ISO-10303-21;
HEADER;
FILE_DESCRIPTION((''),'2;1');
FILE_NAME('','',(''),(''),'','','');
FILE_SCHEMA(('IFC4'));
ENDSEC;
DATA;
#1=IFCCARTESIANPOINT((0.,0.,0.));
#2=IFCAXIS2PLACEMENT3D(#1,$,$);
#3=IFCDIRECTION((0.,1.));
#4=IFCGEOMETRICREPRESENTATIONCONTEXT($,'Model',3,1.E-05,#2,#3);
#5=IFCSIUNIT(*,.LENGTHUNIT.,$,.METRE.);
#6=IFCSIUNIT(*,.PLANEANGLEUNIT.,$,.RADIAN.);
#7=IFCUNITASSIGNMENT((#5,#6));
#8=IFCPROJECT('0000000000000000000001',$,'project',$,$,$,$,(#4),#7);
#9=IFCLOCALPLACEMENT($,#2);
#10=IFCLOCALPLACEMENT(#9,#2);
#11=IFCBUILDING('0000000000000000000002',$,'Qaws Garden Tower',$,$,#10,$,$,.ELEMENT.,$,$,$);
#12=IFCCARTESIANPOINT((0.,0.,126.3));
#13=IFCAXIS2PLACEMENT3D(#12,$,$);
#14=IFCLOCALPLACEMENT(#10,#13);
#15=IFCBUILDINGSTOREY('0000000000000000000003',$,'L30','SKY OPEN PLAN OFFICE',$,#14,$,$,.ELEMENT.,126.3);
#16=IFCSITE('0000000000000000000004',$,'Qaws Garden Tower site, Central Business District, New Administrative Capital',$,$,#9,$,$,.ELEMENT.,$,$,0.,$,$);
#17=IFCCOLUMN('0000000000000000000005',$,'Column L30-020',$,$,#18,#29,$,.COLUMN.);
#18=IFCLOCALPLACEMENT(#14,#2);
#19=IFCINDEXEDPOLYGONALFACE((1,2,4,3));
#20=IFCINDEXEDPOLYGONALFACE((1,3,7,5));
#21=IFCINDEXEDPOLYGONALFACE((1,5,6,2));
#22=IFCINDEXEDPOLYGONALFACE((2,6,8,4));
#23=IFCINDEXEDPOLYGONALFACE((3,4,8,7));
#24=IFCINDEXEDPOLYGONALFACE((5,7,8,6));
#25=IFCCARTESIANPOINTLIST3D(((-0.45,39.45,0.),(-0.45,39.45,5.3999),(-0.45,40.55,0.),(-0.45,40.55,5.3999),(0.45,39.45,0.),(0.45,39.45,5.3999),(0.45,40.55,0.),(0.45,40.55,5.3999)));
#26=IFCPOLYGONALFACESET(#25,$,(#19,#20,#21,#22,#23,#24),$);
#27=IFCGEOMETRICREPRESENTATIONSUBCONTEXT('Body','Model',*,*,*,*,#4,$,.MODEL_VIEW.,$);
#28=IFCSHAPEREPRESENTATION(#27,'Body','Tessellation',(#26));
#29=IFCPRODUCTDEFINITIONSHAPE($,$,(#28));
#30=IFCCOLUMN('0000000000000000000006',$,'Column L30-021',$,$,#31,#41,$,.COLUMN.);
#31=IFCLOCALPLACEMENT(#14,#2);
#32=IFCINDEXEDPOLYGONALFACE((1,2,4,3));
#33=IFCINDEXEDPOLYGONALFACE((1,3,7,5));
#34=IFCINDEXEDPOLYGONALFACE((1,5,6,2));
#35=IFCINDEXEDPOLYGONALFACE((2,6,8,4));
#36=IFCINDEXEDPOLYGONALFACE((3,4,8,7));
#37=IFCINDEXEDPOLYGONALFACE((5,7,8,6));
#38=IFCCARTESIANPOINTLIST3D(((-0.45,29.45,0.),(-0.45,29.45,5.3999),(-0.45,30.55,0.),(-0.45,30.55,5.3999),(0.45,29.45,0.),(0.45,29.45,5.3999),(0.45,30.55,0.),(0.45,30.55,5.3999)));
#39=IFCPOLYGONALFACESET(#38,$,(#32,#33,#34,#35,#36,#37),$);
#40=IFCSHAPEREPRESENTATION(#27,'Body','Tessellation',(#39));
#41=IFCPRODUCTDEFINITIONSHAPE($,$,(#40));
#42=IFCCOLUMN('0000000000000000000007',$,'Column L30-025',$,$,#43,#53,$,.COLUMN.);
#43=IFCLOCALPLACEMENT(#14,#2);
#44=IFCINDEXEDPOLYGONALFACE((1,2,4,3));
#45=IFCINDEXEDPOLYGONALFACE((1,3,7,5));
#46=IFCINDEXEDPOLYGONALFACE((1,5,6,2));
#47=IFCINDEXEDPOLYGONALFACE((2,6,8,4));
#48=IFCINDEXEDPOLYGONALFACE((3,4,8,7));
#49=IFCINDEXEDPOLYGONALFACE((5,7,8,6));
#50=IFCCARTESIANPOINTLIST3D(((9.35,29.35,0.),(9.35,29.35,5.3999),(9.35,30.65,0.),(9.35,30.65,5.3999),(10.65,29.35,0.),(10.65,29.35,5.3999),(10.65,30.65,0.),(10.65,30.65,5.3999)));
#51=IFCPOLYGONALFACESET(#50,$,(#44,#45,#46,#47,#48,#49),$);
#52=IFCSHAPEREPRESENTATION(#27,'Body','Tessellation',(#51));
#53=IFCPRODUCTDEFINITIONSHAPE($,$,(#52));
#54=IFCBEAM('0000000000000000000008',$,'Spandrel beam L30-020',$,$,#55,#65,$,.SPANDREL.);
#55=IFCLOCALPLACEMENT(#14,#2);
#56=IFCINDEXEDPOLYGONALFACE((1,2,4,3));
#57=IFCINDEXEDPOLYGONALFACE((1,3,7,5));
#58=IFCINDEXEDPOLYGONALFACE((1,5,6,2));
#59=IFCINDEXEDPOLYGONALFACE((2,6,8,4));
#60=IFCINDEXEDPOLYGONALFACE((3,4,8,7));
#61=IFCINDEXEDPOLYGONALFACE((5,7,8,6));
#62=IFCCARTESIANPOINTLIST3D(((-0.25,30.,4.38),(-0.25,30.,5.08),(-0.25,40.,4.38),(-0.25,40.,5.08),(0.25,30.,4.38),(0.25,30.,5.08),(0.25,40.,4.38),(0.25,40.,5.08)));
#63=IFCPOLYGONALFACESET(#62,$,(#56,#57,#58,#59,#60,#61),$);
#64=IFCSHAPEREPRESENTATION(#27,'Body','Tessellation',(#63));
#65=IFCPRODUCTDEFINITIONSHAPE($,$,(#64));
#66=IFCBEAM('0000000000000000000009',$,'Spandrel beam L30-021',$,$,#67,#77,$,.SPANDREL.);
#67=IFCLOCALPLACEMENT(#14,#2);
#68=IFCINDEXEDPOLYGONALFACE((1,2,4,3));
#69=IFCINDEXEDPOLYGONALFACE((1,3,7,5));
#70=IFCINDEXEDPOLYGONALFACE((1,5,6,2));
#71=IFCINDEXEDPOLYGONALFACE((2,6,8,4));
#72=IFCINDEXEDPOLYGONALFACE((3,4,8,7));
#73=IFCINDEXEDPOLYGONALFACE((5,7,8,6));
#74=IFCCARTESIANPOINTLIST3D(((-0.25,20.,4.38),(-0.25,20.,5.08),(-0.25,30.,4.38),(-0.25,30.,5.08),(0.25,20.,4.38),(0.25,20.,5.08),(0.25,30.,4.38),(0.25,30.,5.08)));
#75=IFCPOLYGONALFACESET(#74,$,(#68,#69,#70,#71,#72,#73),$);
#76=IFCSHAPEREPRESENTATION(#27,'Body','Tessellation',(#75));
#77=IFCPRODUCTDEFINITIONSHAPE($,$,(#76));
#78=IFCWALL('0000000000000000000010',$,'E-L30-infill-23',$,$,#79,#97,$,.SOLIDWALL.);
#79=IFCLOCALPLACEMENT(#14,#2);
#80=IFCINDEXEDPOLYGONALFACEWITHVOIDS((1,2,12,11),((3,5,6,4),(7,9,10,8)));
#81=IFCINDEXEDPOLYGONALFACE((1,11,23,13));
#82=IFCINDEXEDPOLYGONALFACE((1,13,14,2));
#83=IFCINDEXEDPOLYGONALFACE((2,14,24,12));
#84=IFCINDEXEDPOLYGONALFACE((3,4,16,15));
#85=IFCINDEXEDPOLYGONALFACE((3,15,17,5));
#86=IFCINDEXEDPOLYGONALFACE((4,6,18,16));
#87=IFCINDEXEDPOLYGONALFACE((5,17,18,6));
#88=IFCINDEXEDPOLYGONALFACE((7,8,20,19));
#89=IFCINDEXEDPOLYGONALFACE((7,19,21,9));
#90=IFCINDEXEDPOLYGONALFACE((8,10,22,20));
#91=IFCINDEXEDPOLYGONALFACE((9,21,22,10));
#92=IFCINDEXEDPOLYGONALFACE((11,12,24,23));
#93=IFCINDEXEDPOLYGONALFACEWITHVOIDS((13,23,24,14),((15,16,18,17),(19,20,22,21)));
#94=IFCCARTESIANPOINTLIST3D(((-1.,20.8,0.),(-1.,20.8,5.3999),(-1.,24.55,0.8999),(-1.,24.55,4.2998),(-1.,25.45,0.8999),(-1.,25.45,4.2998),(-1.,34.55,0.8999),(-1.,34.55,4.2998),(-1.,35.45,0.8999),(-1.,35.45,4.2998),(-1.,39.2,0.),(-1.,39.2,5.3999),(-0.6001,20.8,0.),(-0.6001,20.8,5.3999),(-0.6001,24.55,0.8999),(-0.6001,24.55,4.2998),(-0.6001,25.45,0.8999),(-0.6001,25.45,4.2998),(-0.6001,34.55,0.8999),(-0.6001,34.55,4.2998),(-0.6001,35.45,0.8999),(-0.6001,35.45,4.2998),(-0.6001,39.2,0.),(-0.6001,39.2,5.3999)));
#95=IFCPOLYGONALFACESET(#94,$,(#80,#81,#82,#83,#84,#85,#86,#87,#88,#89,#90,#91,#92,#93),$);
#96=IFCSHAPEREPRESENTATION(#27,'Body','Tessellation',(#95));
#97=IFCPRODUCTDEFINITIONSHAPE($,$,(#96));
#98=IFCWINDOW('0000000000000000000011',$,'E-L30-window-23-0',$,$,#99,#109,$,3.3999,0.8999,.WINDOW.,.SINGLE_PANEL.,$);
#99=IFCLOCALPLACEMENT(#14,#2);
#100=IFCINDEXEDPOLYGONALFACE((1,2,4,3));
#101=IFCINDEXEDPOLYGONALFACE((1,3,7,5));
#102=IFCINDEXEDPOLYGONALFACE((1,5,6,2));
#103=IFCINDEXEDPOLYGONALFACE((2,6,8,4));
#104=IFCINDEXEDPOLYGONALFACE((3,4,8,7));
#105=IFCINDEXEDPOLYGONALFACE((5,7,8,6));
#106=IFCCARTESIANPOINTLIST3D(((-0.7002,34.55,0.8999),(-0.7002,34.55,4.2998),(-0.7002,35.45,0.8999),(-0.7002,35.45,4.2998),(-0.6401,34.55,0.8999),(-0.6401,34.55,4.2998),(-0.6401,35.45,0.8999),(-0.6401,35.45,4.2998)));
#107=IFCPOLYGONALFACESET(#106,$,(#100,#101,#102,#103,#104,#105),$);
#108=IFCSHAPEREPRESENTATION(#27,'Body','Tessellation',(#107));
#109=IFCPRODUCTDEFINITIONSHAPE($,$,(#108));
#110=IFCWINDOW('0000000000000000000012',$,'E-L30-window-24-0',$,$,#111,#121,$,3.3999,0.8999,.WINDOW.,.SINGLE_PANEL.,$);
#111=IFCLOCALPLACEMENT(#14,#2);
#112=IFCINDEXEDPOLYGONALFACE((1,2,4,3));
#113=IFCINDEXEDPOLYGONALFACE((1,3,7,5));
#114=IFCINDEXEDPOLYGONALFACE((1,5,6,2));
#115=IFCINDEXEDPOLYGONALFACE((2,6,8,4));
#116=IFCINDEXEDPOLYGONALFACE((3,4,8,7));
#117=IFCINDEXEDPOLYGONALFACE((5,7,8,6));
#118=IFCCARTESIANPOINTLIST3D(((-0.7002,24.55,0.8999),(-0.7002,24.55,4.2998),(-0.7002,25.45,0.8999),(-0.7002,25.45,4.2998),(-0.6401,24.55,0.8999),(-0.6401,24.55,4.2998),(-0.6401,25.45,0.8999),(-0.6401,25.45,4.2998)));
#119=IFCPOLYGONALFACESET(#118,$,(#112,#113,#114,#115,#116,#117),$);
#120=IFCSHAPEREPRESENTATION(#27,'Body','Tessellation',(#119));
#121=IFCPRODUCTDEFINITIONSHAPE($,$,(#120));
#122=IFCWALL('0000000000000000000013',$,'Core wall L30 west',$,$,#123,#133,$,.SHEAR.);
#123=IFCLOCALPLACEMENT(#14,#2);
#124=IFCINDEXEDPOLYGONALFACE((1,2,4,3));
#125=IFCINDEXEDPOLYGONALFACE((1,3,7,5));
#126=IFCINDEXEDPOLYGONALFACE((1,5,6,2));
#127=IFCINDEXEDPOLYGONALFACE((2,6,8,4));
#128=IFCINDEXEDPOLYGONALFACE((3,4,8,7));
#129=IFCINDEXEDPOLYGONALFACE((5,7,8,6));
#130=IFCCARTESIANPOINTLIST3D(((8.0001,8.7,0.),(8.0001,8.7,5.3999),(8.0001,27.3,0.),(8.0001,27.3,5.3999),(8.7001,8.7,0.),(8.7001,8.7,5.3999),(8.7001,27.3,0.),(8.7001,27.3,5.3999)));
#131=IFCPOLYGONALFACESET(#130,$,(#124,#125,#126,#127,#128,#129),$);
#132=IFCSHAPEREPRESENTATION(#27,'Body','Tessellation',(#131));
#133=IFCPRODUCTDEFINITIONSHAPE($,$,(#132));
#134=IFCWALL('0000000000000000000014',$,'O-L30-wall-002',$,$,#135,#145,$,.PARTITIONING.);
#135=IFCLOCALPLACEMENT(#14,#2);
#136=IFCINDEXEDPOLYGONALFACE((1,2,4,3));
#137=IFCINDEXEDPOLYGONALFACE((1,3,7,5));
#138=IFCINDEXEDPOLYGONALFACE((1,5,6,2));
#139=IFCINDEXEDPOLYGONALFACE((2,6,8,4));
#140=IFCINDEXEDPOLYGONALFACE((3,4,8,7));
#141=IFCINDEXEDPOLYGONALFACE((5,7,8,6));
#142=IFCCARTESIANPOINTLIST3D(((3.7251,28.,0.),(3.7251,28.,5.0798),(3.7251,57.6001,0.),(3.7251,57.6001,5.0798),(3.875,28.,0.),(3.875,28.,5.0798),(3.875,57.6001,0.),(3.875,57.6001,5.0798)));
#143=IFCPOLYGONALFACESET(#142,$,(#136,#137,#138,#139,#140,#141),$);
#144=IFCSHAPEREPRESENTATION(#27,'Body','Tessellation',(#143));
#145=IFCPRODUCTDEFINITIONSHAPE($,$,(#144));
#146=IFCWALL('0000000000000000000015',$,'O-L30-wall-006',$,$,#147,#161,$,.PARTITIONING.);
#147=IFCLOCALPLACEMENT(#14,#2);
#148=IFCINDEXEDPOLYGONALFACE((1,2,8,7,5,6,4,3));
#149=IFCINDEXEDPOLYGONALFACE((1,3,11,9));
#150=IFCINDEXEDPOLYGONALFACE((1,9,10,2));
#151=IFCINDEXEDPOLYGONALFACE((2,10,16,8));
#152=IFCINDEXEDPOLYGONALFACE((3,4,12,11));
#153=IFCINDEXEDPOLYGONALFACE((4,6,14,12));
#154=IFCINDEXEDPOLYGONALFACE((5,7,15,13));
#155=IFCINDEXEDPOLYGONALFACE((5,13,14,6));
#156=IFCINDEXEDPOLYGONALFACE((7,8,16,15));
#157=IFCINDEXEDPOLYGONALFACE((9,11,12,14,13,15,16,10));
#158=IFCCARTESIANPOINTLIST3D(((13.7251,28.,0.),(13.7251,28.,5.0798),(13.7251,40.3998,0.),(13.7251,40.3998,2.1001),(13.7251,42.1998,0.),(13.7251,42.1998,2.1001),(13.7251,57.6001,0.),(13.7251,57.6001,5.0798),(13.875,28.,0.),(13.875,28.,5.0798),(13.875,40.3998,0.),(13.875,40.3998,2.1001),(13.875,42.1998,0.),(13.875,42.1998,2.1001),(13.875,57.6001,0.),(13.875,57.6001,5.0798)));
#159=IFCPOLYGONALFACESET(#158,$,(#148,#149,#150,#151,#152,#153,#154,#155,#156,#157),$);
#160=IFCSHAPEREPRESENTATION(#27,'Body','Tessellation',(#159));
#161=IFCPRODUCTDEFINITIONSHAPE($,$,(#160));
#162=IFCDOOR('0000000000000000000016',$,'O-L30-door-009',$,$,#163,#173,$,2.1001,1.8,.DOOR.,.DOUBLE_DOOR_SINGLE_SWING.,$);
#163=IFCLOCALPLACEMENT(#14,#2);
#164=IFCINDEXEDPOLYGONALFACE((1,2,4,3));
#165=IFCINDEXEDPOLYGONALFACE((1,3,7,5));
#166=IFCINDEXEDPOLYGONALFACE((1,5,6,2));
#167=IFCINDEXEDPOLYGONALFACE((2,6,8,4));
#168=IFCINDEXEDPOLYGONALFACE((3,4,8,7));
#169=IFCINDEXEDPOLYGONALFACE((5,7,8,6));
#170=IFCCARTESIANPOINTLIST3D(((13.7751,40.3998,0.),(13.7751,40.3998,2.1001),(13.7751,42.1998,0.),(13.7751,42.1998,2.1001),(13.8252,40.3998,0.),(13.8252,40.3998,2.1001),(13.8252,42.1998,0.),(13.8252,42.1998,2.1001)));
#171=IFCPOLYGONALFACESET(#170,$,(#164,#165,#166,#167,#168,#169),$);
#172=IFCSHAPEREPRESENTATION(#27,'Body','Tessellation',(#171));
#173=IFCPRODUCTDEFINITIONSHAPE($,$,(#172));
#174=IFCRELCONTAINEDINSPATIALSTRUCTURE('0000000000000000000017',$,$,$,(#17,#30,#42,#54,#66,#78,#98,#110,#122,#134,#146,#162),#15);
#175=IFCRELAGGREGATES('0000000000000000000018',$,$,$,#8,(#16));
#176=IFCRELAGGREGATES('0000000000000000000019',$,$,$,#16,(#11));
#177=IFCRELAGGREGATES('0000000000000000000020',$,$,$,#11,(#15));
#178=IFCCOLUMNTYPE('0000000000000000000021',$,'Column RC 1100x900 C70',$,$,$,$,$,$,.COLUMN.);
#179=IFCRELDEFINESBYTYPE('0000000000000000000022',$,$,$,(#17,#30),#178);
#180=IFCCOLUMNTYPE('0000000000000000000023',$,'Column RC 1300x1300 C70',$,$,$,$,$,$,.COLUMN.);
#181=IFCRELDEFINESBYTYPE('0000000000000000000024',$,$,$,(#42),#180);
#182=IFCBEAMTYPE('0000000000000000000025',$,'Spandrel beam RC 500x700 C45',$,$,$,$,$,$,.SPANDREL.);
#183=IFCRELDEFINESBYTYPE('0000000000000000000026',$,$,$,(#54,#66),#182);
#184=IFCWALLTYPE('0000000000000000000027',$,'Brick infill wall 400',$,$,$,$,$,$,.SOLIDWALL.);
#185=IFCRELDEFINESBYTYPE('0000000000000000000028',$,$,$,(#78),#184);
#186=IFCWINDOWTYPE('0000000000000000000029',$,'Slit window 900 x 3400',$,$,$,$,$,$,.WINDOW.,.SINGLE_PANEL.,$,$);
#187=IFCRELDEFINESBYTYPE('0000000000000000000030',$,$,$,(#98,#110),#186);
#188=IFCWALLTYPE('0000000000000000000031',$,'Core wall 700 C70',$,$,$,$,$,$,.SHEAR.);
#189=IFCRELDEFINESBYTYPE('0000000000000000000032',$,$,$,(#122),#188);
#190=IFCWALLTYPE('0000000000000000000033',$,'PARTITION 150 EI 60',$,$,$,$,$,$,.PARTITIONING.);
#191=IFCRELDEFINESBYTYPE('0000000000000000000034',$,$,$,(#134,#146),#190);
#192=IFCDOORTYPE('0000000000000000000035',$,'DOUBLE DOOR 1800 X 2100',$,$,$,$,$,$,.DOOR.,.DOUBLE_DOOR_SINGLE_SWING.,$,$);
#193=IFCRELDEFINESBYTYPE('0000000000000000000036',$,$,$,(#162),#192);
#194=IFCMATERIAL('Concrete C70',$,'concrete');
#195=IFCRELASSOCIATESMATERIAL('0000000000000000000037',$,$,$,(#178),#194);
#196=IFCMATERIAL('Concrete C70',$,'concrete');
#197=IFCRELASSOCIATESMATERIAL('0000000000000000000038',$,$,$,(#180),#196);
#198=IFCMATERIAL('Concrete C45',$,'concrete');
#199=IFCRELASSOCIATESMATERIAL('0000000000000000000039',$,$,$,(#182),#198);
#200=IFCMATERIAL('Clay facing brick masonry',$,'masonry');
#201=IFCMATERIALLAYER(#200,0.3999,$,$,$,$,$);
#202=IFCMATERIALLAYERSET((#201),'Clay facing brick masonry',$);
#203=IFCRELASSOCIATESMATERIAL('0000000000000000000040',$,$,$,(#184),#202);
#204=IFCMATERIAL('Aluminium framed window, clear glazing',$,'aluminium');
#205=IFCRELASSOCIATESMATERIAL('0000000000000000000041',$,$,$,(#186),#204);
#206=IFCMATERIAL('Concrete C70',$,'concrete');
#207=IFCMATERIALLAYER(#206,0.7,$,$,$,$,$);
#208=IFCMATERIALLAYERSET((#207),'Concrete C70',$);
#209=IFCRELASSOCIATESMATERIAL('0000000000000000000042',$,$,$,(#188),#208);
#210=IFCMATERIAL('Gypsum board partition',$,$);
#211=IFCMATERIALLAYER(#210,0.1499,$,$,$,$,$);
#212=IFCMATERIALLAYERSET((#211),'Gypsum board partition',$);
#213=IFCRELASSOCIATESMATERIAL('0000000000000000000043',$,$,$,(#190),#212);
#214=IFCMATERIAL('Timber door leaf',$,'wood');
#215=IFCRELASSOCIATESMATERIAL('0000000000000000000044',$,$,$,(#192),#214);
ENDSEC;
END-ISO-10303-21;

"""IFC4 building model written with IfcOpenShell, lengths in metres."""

from ifc_helpers import new_model, si_unit, direction, frame, frame_2d, origin, origin_2d, place, context, subcontext, project, spatial, rectangle, extrude, material, layer, layer_set, material_profile, profile_set, type_object, element, fill, save


model = new_model("IFC4")

# Units and contexts
model_context = context("Model", 3, precision=1e-05, world=origin(), true_north=direction((0.0, 1.0)))
body_context = subcontext(model_context, "Body", "Model", "MODEL_VIEW")
ifc_project = project(units=[si_unit("LENGTHUNIT", "METRE"), si_unit("PLANEANGLEUNIT", "RADIAN")], contexts=[model_context])

# Site, building, storey
site_placement = place(None, origin())
site = spatial("IfcSite", under=ifc_project, at=site_placement, Name="Qaws Garden Tower site, Central Business District, New Administrative Capital", CompositionType="ELEMENT", RefElevation=0.0)
building_placement = place(site_placement, origin())
building = spatial("IfcBuilding", under=site, at=building_placement, Name="Qaws Garden Tower", CompositionType="ELEMENT")
storey_placement = place(building_placement, frame((0.0, 0.0, 126.3)))
storey = spatial("IfcBuildingStorey", under=building, at=storey_placement, Name="L30", Description="SKY OPEN PLAN OFFICE", CompositionType="ELEMENT", Elevation=126.3)

# Columns
ifc_material_1 = material(Name="Concrete C70", Category="concrete")
ifc_material_profile_1 = material_profile(ifc_material_1, rectangle(XDim=1.1001, YDim=0.8999, at=origin_2d()), Name="RC 1100x900")
ifc_profile_set_1 = profile_set([ifc_material_profile_1], Name="Concrete C70")
column_type_1 = type_object("IfcColumnType", Name="Column RC 1100x900 C70", PredefinedType="COLUMN", material=ifc_profile_set_1)
for number, where, z_axis, x_axis, name in (
    (1, (0.0, 40.0, 0.0), (0.0, 0.0, 1.0), (0.0, 1.0, 0.0), "Column L30-020"),
    (2, (0.0, 30.0, 0.0), (0.0, 0.0, 1.0), (0.0, 1.0, 0.0), "Column L30-021"),
):
    element("IfcColumn", number, at=place(storey_placement, frame(where, z_axis=z_axis, x_axis=x_axis)), inside=storey, type_object=column_type_1, Name=name, PredefinedType="COLUMN", context=body_context, shape_type="SweptSolid", body=[
        extrude(rectangle(XDim=1.1001, YDim=0.8999, at=origin_2d()), origin(), (0.0, 0.0, 1.0), 5.3999),
    ])
ifc_material_2 = material(Name="Concrete C70", Category="concrete")
ifc_material_profile_2 = material_profile(ifc_material_2, rectangle(XDim=1.3, YDim=1.3, at=origin_2d()), Name="RC 1300x1300")
ifc_profile_set_2 = profile_set([ifc_material_profile_2], Name="Concrete C70")
column_type_2 = type_object("IfcColumnType", Name="Column RC 1300x1300 C70", PredefinedType="COLUMN", material=ifc_profile_set_2)
column_placement = place(storey_placement, frame((10.0, 30.0, 0.0), z_axis=(0.0, 0.0, 1.0), x_axis=(1.0, 0.0, 0.0)))
element("IfcColumn", 3, at=column_placement, inside=storey, type_object=column_type_2, Name="Column L30-025", PredefinedType="COLUMN", context=body_context, shape_type="SweptSolid", body=[
    extrude(rectangle(XDim=1.3, YDim=1.3, at=origin_2d()), origin(), (0.0, 0.0, 1.0), 5.3999),
])

# Beams
ifc_material_3 = material(Name="Concrete C45", Category="concrete")
ifc_material_profile_3 = material_profile(ifc_material_3, rectangle(XDim=0.5, YDim=0.7, at=origin_2d()), Name="RC 500x700")
ifc_profile_set_3 = profile_set([ifc_material_profile_3], Name="Concrete C45")
beam_type = type_object("IfcBeamType", Name="Spandrel beam RC 500x700 C45", PredefinedType="SPANDREL", material=ifc_profile_set_3)
for number, where, z_axis, x_axis, name in (
    (4, (0.0, 40.0, 4.73), (0.0, -1.0, 0.0), (1.0, 0.0, 0.0), "Spandrel beam L30-020"),
    (5, (0.0, 30.0, 4.73), (0.0, -1.0, 0.0), (1.0, 0.0, 0.0), "Spandrel beam L30-021"),
):
    element("IfcBeam", number, at=place(storey_placement, frame(where, z_axis=z_axis, x_axis=x_axis)), inside=storey, type_object=beam_type, Name=name, PredefinedType="SPANDREL", context=body_context, shape_type="SweptSolid", body=[
        extrude(rectangle(XDim=0.5, YDim=0.7, at=origin_2d()), origin(), (0.0, 0.0, 1.0), 10.0),
    ])

# Wall, openings, windows
ifc_material_4 = material(Name="Clay facing brick masonry", Category="masonry")
ifc_layer_1 = layer(ifc_material_4, 0.3999)
ifc_layer_set_1 = layer_set([ifc_layer_1], Name="Clay facing brick masonry")
wall_type_1 = type_object("IfcWallType", Name="Brick infill wall 400", PredefinedType="SOLIDWALL", material=ifc_layer_set_1)
wall_1_placement = place(storey_placement, frame((-0.8, 39.2, 0.0), z_axis=(0.0, 0.0, 1.0), x_axis=(0.0, -1.0, 0.0)))
wall_1 = element("IfcWall", 6, at=wall_1_placement, inside=storey, type_object=wall_type_1, Name="E-L30-infill-23", PredefinedType="SOLIDWALL", context=body_context, shape_type="SweptSolid", body=[
    extrude(rectangle(XDim=18.3999, YDim=0.3999, at=frame_2d((9.2, 0.0))), origin(), (0.0, 0.0, 1.0), 5.3999),
])
opening_1_placement = place(wall_1_placement, frame((3.75, 0.0, 0.8999)))
opening_1 = element("IfcOpeningElement", 7, at=opening_1_placement, cuts=wall_1, PredefinedType="OPENING", context=body_context, shape_type="SweptSolid", body=[
    extrude(rectangle(XDim=0.8999, YDim=3.3999, at=frame_2d((0.45, 1.7))), frame((0.0, 0.21, 0.0), z_axis=(0.0, -1.0, 0.0), x_axis=(1.0, 0.0, 0.0)), (0.0, 0.0, 1.0), 0.4199),
])
opening_2_placement = place(wall_1_placement, frame((13.75, 0.0, 0.8999)))
opening_2 = element("IfcOpeningElement", 8, at=opening_2_placement, cuts=wall_1, PredefinedType="OPENING", context=body_context, shape_type="SweptSolid", body=[
    extrude(rectangle(XDim=0.8999, YDim=3.3999, at=frame_2d((0.45, 1.7))), frame((0.0, 0.21, 0.0), z_axis=(0.0, -1.0, 0.0), x_axis=(1.0, 0.0, 0.0)), (0.0, 0.0, 1.0), 0.4199),
])
ifc_material_5 = material(Name="Aluminium framed window, clear glazing", Category="aluminium")
window_type = type_object("IfcWindowType", Name="Slit window 900 x 3400", PartitioningType="SINGLE_PANEL", PredefinedType="WINDOW", material=ifc_material_5)
window_1_placement = place(opening_1_placement, origin())
window_1 = element("IfcWindow", 9, at=window_1_placement, inside=storey, type_object=window_type, Name="E-L30-window-23-0", OverallHeight=3.3999, OverallWidth=0.8999, PartitioningType="SINGLE_PANEL", PredefinedType="WINDOW", context=body_context, shape_type="SweptSolid", body=[
    extrude(rectangle(XDim=0.8999, YDim=3.3999, at=frame_2d((0.45, 1.7))), frame((0.0, 0.1599, 0.0), z_axis=(0.0, -1.0, 0.0), x_axis=(1.0, 0.0, 0.0)), (0.0, 0.0, 1.0), 0.0601),
])
fill(opening_1, window_1)
window_2_placement = place(opening_2_placement, origin())
window_2 = element("IfcWindow", 10, at=window_2_placement, inside=storey, type_object=window_type, Name="E-L30-window-24-0", OverallHeight=3.3999, OverallWidth=0.8999, PartitioningType="SINGLE_PANEL", PredefinedType="WINDOW", context=body_context, shape_type="SweptSolid", body=[
    extrude(rectangle(XDim=0.8999, YDim=3.3999, at=frame_2d((0.45, 1.7))), frame((0.0, 0.1599, 0.0), z_axis=(0.0, -1.0, 0.0), x_axis=(1.0, 0.0, 0.0)), (0.0, 0.0, 1.0), 0.0601),
])
fill(opening_2, window_2)

# Walls
ifc_material_6 = material(Name="Concrete C70", Category="concrete")
ifc_layer_2 = layer(ifc_material_6, 0.7)
ifc_layer_set_2 = layer_set([ifc_layer_2], Name="Concrete C70")
wall_type_2 = type_object("IfcWallType", Name="Core wall 700 C70", PredefinedType="SHEAR", material=ifc_layer_set_2)
wall_2_placement = place(storey_placement, frame((8.3501, 27.3, 0.0), z_axis=(0.0, 0.0, 1.0), x_axis=(0.0, -1.0, 0.0)))
element("IfcWall", 11, at=wall_2_placement, inside=storey, type_object=wall_type_2, Name="Core wall L30 west", PredefinedType="SHEAR", context=body_context, shape_type="SweptSolid", body=[
    extrude(rectangle(XDim=18.6001, YDim=0.7, at=frame_2d((9.3, 0.0))), origin(), (0.0, 0.0, 1.0), 5.3999),
])
ifc_material_7 = material(Name="Gypsum board partition")
ifc_layer_3 = layer(ifc_material_7, 0.1499)
ifc_layer_set_3 = layer_set([ifc_layer_3], Name="Gypsum board partition")
wall_type_3 = type_object("IfcWallType", Name="PARTITION 150 EI 60", PredefinedType="PARTITIONING", material=ifc_layer_set_3)
wall_3_placement = place(storey_placement, frame((3.8, 28.0, 0.0), z_axis=(0.0, 0.0, 1.0), x_axis=(0.0, 1.0, 0.0)))
element("IfcWall", 12, at=wall_3_placement, inside=storey, type_object=wall_type_3, Name="O-L30-wall-002", PredefinedType="PARTITIONING", context=body_context, shape_type="SweptSolid", body=[
    extrude(rectangle(XDim=29.6001, YDim=0.1499, at=frame_2d((14.8, 0.0))), origin(), (0.0, 0.0, 1.0), 5.0798),
])

# Wall, opening, door
wall_4_placement = place(storey_placement, frame((13.8, 28.0, 0.0), z_axis=(0.0, 0.0, 1.0), x_axis=(0.0, 1.0, 0.0)))
wall_4 = element("IfcWall", 13, at=wall_4_placement, inside=storey, type_object=wall_type_3, Name="O-L30-wall-006", PredefinedType="PARTITIONING", context=body_context, shape_type="SweptSolid", body=[
    extrude(rectangle(XDim=29.6001, YDim=0.1499, at=frame_2d((14.8, 0.0))), origin(), (0.0, 0.0, 1.0), 5.0798),
])
opening_3_placement = place(wall_4_placement, frame((12.3999, 0.0, 0.0)))
opening_3 = element("IfcOpeningElement", 14, at=opening_3_placement, cuts=wall_4, PredefinedType="OPENING", context=body_context, shape_type="SweptSolid", body=[
    extrude(rectangle(XDim=1.8, YDim=2.1001, at=frame_2d((0.8999, 1.05))), frame((0.0, 0.085, 0.0), z_axis=(0.0, -1.0, 0.0), x_axis=(1.0, 0.0, 0.0)), (0.0, 0.0, 1.0), 0.1699),
])
ifc_material_8 = material(Name="Timber door leaf", Category="wood")
door_type_1 = type_object("IfcDoorType", Name="DOUBLE DOOR 1800 X 2100", OperationType="DOUBLE_DOOR_SINGLE_SWING", PredefinedType="DOOR", material=ifc_material_8)
door_1_placement = place(opening_3_placement, origin())
door_1 = element("IfcDoor", 15, at=door_1_placement, inside=storey, type_object=door_type_1, Name="O-L30-door-009", OperationType="DOUBLE_DOOR_SINGLE_SWING", OverallHeight=2.1001, OverallWidth=1.8, PredefinedType="DOOR", context=body_context, shape_type="SweptSolid", body=[
    extrude(rectangle(XDim=1.8, YDim=2.1001, at=frame_2d((0.8999, 1.05))), frame((0.0, 0.0249, 0.0), z_axis=(0.0, -1.0, 0.0), x_axis=(1.0, 0.0, 0.0)), (0.0, 0.0, 1.0), 0.05),
])
fill(opening_3, door_1)

save(model, "model.ifc")
